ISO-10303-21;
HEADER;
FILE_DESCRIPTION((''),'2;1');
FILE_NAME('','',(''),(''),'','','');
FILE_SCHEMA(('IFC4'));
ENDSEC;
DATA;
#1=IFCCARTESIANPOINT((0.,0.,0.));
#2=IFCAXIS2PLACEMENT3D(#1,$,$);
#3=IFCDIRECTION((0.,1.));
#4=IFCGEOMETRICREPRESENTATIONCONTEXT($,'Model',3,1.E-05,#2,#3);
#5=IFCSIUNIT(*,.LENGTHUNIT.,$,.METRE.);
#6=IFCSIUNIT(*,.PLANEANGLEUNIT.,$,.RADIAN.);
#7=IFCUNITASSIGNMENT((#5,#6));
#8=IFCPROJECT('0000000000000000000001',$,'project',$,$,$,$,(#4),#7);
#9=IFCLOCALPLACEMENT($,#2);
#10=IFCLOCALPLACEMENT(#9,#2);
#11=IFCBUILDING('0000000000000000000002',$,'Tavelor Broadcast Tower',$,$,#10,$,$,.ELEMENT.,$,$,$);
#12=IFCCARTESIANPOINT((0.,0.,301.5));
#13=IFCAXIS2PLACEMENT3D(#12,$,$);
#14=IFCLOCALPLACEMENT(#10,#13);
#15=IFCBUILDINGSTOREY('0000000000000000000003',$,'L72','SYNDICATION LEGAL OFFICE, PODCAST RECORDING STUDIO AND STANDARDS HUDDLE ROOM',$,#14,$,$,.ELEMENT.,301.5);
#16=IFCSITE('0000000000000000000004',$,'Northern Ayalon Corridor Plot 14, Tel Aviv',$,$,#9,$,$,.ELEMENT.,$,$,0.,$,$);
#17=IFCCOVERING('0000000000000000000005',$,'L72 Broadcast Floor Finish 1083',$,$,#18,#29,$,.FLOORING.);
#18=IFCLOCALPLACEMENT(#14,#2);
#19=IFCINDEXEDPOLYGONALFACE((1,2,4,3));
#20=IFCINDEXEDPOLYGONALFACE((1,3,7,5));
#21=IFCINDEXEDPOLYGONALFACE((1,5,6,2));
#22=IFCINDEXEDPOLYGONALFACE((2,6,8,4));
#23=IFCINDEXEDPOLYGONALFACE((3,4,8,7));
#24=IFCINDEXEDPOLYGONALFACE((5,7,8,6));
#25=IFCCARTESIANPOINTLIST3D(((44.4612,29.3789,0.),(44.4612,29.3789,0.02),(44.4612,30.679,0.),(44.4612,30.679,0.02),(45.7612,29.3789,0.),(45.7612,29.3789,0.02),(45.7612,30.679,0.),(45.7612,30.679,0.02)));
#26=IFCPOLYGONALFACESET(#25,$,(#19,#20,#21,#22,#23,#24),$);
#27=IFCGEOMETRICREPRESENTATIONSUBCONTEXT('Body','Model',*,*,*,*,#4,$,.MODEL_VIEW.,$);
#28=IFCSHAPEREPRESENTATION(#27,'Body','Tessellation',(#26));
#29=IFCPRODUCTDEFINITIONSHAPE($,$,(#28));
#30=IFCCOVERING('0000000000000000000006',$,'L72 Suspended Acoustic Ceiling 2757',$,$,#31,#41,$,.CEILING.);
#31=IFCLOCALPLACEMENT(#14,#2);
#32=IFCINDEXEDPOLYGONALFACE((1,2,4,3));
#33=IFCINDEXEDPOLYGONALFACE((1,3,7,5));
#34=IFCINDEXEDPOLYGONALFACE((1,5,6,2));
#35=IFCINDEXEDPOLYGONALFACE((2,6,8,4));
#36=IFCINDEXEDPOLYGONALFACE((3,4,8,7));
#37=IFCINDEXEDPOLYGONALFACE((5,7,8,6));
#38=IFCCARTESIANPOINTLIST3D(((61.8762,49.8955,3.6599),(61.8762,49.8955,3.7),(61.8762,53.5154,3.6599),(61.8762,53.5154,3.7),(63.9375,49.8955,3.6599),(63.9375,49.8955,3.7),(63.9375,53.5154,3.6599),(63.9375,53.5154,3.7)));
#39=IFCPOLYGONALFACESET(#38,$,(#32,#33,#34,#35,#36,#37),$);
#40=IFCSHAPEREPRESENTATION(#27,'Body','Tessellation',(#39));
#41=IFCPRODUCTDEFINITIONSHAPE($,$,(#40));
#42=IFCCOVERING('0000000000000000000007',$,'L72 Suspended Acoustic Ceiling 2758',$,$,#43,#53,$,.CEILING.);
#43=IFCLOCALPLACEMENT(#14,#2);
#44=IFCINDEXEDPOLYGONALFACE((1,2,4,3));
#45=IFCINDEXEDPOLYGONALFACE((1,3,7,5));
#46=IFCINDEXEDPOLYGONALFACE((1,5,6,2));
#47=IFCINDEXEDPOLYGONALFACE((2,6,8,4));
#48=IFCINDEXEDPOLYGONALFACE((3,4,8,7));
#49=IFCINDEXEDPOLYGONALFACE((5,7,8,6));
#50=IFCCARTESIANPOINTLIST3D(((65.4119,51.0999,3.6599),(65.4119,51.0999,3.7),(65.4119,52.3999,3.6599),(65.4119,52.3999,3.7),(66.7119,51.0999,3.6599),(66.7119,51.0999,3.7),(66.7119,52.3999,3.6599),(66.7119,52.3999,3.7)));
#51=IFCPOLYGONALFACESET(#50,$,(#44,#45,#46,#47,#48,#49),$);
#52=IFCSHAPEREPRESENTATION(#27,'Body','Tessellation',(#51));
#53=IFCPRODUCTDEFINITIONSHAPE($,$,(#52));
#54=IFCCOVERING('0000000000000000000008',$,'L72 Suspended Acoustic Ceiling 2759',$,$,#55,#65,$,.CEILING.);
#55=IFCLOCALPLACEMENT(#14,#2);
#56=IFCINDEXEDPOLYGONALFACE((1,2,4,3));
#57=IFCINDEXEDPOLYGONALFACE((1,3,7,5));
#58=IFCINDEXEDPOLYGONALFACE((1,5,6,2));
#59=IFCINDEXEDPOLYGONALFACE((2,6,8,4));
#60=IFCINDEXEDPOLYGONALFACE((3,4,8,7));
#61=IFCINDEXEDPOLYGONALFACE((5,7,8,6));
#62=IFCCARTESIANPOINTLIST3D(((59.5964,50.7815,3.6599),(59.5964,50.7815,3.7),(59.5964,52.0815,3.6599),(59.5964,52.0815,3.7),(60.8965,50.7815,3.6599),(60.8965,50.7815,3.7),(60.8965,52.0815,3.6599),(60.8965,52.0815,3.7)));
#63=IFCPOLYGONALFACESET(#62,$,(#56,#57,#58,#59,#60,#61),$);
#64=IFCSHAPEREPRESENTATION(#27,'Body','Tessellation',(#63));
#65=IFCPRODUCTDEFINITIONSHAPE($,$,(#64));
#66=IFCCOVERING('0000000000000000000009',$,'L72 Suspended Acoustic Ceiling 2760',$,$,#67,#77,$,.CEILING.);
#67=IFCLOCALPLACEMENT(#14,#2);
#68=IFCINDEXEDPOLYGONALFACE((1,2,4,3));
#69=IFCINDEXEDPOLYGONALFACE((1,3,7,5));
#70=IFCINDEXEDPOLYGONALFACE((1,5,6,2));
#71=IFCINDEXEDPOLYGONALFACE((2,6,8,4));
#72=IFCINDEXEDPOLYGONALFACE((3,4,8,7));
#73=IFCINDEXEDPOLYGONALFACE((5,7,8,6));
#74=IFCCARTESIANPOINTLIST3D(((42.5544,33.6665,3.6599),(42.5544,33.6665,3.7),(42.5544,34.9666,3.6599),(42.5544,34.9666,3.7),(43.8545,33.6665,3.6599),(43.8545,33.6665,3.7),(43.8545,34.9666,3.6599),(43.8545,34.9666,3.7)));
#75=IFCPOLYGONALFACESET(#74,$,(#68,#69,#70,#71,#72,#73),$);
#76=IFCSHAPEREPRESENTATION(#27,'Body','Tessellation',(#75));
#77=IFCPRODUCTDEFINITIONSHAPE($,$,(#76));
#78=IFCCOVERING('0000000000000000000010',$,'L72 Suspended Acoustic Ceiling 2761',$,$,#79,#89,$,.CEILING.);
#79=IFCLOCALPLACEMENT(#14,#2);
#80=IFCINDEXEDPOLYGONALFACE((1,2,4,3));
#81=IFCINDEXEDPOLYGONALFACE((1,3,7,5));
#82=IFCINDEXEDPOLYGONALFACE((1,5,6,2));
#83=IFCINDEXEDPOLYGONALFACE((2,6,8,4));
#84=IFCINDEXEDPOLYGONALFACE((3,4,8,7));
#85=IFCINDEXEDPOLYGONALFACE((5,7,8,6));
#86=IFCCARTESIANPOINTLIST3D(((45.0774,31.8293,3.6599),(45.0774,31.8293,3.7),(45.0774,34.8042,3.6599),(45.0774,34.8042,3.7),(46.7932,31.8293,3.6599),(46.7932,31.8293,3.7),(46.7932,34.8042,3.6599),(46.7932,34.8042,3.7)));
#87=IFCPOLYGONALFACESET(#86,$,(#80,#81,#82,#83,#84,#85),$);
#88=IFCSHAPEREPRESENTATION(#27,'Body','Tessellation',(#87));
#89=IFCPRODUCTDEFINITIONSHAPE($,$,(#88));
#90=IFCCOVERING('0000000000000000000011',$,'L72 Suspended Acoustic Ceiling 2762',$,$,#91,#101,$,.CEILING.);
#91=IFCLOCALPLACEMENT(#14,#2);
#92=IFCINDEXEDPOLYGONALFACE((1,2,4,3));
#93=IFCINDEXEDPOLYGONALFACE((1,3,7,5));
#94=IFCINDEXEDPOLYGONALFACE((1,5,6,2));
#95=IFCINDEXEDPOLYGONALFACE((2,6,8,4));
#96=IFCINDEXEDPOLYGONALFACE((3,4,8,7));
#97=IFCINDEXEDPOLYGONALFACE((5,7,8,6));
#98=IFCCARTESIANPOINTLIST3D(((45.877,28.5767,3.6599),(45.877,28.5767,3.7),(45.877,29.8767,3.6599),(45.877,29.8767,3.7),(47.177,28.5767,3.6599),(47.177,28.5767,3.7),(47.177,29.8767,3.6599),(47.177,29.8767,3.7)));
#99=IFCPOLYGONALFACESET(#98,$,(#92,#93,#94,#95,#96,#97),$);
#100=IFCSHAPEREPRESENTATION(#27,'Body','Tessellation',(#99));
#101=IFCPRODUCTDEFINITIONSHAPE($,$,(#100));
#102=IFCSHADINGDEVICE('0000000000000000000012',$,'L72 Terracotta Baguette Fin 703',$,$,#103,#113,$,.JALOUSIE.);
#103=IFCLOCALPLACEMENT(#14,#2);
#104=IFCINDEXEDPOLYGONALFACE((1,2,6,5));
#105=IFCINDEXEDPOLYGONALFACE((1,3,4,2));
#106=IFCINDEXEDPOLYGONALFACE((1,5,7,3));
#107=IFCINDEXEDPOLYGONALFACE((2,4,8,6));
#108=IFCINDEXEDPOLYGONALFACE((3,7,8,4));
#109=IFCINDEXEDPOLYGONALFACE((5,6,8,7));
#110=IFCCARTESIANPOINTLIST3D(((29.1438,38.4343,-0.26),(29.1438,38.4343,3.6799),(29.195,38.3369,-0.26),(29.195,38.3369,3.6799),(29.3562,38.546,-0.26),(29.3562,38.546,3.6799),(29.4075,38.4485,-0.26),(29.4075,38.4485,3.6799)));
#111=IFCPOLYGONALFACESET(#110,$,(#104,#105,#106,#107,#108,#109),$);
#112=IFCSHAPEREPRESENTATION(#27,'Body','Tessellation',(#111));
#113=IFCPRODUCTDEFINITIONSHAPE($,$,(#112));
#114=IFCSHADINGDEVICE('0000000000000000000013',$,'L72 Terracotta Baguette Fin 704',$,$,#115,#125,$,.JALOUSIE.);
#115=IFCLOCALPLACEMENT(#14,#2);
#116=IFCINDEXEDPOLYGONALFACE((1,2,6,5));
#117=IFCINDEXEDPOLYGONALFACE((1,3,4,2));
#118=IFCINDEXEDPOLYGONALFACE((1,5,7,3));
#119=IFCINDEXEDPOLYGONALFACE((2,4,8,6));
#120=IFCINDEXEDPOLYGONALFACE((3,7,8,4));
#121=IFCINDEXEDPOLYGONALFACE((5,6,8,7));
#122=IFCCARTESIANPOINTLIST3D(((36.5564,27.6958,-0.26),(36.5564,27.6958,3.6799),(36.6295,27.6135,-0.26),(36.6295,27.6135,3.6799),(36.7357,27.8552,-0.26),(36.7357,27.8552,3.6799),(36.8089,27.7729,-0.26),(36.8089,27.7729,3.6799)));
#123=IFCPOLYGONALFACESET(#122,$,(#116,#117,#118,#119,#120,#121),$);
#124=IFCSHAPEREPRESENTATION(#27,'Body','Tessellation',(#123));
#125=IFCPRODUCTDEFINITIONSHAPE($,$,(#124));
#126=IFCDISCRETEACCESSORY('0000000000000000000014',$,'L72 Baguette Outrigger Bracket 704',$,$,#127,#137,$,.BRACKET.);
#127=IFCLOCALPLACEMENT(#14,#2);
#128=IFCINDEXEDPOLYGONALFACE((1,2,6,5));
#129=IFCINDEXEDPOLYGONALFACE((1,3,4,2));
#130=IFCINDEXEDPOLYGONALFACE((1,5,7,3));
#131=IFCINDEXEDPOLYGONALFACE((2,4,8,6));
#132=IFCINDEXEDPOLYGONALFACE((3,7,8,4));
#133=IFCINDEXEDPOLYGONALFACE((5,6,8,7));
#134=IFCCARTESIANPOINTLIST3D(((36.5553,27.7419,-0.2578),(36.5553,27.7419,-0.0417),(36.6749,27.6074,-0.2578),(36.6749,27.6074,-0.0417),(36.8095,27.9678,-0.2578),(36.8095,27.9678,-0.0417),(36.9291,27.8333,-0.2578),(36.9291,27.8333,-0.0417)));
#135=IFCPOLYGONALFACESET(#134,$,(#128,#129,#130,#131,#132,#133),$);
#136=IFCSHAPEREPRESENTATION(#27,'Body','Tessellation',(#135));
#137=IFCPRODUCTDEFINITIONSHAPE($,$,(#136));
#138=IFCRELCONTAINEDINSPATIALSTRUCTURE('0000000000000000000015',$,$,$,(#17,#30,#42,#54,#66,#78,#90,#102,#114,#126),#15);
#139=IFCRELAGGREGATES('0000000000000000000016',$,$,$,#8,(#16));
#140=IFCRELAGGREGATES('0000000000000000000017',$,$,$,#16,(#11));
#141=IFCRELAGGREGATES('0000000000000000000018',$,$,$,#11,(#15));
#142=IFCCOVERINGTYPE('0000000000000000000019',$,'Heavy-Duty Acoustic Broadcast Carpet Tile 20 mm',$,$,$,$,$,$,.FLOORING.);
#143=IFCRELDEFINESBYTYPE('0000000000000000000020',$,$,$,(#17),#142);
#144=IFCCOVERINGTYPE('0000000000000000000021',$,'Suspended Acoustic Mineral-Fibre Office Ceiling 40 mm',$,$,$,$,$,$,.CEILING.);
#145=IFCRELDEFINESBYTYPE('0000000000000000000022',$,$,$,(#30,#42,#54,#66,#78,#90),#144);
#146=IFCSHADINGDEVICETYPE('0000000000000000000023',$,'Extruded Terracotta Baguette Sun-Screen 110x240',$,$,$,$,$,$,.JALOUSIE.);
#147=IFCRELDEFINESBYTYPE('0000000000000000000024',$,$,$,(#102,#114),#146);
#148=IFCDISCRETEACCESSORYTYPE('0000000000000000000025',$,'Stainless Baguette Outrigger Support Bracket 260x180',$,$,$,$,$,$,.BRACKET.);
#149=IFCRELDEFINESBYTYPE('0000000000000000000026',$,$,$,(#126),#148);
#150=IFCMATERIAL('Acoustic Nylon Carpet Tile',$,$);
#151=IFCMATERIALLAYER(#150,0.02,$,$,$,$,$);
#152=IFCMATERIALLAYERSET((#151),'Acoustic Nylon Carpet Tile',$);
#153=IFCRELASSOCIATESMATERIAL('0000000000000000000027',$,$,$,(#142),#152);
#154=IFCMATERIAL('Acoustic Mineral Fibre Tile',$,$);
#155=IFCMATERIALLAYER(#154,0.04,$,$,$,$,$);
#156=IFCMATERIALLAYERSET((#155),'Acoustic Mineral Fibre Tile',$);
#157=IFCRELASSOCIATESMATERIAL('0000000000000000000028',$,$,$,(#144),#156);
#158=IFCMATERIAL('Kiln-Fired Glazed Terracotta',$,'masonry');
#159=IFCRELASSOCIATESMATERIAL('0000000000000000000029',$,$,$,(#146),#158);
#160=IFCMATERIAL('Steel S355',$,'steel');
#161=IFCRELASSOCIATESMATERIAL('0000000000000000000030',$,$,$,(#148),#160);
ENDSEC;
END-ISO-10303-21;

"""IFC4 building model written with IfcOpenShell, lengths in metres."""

from ifc_helpers import new_model, si_unit, direction, frame, origin, origin_2d, place, context, subcontext, project, spatial, polyline, rectangle, outline, extrude, source, transform, mapped, material, layer, layer_set, type_object, type_shapes, element, save


model = new_model("IFC4")

# Units and contexts
model_context = context("Model", 3, precision=1e-05, world=origin(), true_north=direction((0.0, 1.0)))
body_context = subcontext(model_context, "Body", "Model", "MODEL_VIEW")
ifc_project = project(units=[si_unit("LENGTHUNIT", "METRE"), si_unit("PLANEANGLEUNIT", "RADIAN")], contexts=[model_context])

# Site, building, storey
site_placement = place(None, origin())
site = spatial("IfcSite", under=ifc_project, at=site_placement, Name="Northern Ayalon Corridor Plot 14, Tel Aviv", CompositionType="ELEMENT", RefElevation=0.0)
building_placement = place(site_placement, origin())
building = spatial("IfcBuilding", under=site, at=building_placement, Name="Tavelor Broadcast Tower", CompositionType="ELEMENT")
storey_placement = place(building_placement, frame((0.0, 0.0, 301.5)))
storey = spatial("IfcBuildingStorey", under=building, at=storey_placement, Name="L72", Description="SYNDICATION LEGAL OFFICE, PODCAST RECORDING STUDIO AND STANDARDS HUDDLE ROOM", CompositionType="ELEMENT", Elevation=301.5)

# Coverings
ifc_material_1 = material(Name="Acoustic Nylon Carpet Tile")
ifc_layer_1 = layer(ifc_material_1, 0.02)
ifc_layer_set_1 = layer_set([ifc_layer_1], Name="Acoustic Nylon Carpet Tile")
covering_type_1 = type_object("IfcCoveringType", Name="Heavy-Duty Acoustic Broadcast Carpet Tile 20 mm", PredefinedType="FLOORING", material=ifc_layer_set_1)
covering_1_placement = place(storey_placement, origin())
element("IfcCovering", 1, at=covering_1_placement, inside=storey, type_object=covering_type_1, Name="L72 Broadcast Floor Finish 1083", PredefinedType="FLOORING", context=body_context, shape_type="SweptSolid", body=[
    extrude(outline(polyline([(44.4612, 29.3789), (45.7612, 29.3789), (45.7612, 30.679), (44.4612, 30.679), (44.4612, 29.3789)])), origin(), (0.0, 0.0, 1.0), 0.02),
])
ifc_material_2 = material(Name="Acoustic Mineral Fibre Tile")
ifc_layer_2 = layer(ifc_material_2, 0.04)
ifc_layer_set_2 = layer_set([ifc_layer_2], Name="Acoustic Mineral Fibre Tile")
covering_type_2 = type_object("IfcCoveringType", Name="Suspended Acoustic Mineral-Fibre Office Ceiling 40 mm", PredefinedType="CEILING", material=ifc_layer_set_2)
covering_2_placement = place(storey_placement, frame((0.0, 0.0, 3.6599)))
element("IfcCovering", 2, at=covering_2_placement, inside=storey, type_object=covering_type_2, Name="L72 Suspended Acoustic Ceiling 2757", PredefinedType="CEILING", context=body_context, shape_type="SweptSolid", body=[
    extrude(outline(polyline([(61.8762, 49.8955), (63.9375, 49.8955), (63.9375, 53.5154), (61.8762, 53.5154), (61.8762, 49.8955)])), origin(), (0.0, 0.0, 1.0), 0.04),
])
covering_3_placement = place(storey_placement, frame((0.0, 0.0, 3.6599)))
element("IfcCovering", 3, at=covering_3_placement, inside=storey, type_object=covering_type_2, Name="L72 Suspended Acoustic Ceiling 2758", PredefinedType="CEILING", context=body_context, shape_type="SweptSolid", body=[
    extrude(outline(polyline([(65.4119, 51.0999), (66.7119, 51.0999), (66.7119, 52.3999), (65.4119, 52.3999), (65.4119, 51.0999)])), origin(), (0.0, 0.0, 1.0), 0.04),
])
covering_4_placement = place(storey_placement, frame((0.0, 0.0, 3.6599)))
element("IfcCovering", 4, at=covering_4_placement, inside=storey, type_object=covering_type_2, Name="L72 Suspended Acoustic Ceiling 2759", PredefinedType="CEILING", context=body_context, shape_type="SweptSolid", body=[
    extrude(outline(polyline([(59.5964, 50.7815), (60.8965, 50.7815), (60.8965, 52.0815), (59.5964, 52.0815), (59.5964, 50.7815)])), origin(), (0.0, 0.0, 1.0), 0.04),
])
covering_5_placement = place(storey_placement, frame((0.0, 0.0, 3.6599)))
element("IfcCovering", 5, at=covering_5_placement, inside=storey, type_object=covering_type_2, Name="L72 Suspended Acoustic Ceiling 2760", PredefinedType="CEILING", context=body_context, shape_type="SweptSolid", body=[
    extrude(outline(polyline([(42.5544, 33.6665), (43.8545, 33.6665), (43.8545, 34.9666), (42.5544, 34.9666), (42.5544, 33.6665)])), origin(), (0.0, 0.0, 1.0), 0.04),
])
covering_6_placement = place(storey_placement, frame((0.0, 0.0, 3.6599)))
element("IfcCovering", 6, at=covering_6_placement, inside=storey, type_object=covering_type_2, Name="L72 Suspended Acoustic Ceiling 2761", PredefinedType="CEILING", context=body_context, shape_type="SweptSolid", body=[
    extrude(outline(polyline([(45.0774, 31.8293), (46.7932, 31.8293), (46.7932, 34.8042), (45.0774, 34.8042), (45.0774, 31.8293)])), origin(), (0.0, 0.0, 1.0), 0.04),
])
covering_7_placement = place(storey_placement, frame((0.0, 0.0, 3.6599)))
element("IfcCovering", 7, at=covering_7_placement, inside=storey, type_object=covering_type_2, Name="L72 Suspended Acoustic Ceiling 2762", PredefinedType="CEILING", context=body_context, shape_type="SweptSolid", body=[
    extrude(outline(polyline([(45.877, 28.5767), (47.177, 28.5767), (47.177, 29.8767), (45.877, 29.8767), (45.877, 28.5767)])), origin(), (0.0, 0.0, 1.0), 0.04),
])

# Shading devices
ifc_material_3 = material(Name="Kiln-Fired Glazed Terracotta", Category="masonry")
shading_device_type = type_object("IfcShadingDeviceType", Name="Extruded Terracotta Baguette Sun-Screen 110x240", PredefinedType="JALOUSIE", material=ifc_material_3)
shared_shape_1 = source(origin(), body_context, "Body", "SweptSolid", [
    extrude(rectangle(XDim=0.1101, YDim=0.24, at=origin_2d()), origin(), (0.0, 0.0, 1.0), 3.9399),
])
type_shapes(shading_device_type, [shared_shape_1])
for number, where, z_axis, x_axis, name in (
    (8, (29.2756, 38.4414, -0.26), (0.0, 0.0, 1.0), (0.465151, -0.885231, 0.0), "L72 Terracotta Baguette Fin 703"),
    (9, (36.6826, 27.7344, -0.26), (0.0, 0.0, 1.0), (0.664318, -0.74745, 0.0), "L72 Terracotta Baguette Fin 704"),
):
    element("IfcShadingDevice", number, at=place(storey_placement, frame(where, z_axis=z_axis, x_axis=x_axis)), inside=storey, type_object=shading_device_type, Name=name, PredefinedType="JALOUSIE", context=body_context, shape_type="MappedRepresentation", body=[
        mapped(shared_shape_1, transform((0.0, 0.0, 0.0), scale=1.0)),
    ])

# Discrete accessory
ifc_material_4 = material(Name="Steel S355", Category="steel")
discrete_accessory_type = type_object("IfcDiscreteAccessoryType", Name="Stainless Baguette Outrigger Support Bracket 260x180", PredefinedType="BRACKET", material=ifc_material_4)
shared_shape_2 = source(origin(), body_context, "Body", "SweptSolid", [
    extrude(rectangle(XDim=0.1799, YDim=0.3401, at=origin_2d()), origin(), (0.0, 0.0, 1.0), 0.2161),
])
type_shapes(discrete_accessory_type, [shared_shape_2])
discrete_accessory_placement = place(storey_placement, frame((36.7422, 27.7876, -0.2578), z_axis=(0.0, 0.0, 1.0), x_axis=(0.664318, -0.74745, 0.0)))
element("IfcDiscreteAccessory", 10, at=discrete_accessory_placement, inside=storey, type_object=discrete_accessory_type, Name="L72 Baguette Outrigger Bracket 704", PredefinedType="BRACKET", context=body_context, shape_type="MappedRepresentation", body=[
    mapped(shared_shape_2, transform((0.0, 0.0, 0.0), scale=1.0)),
])

save(model, "model.ifc")
